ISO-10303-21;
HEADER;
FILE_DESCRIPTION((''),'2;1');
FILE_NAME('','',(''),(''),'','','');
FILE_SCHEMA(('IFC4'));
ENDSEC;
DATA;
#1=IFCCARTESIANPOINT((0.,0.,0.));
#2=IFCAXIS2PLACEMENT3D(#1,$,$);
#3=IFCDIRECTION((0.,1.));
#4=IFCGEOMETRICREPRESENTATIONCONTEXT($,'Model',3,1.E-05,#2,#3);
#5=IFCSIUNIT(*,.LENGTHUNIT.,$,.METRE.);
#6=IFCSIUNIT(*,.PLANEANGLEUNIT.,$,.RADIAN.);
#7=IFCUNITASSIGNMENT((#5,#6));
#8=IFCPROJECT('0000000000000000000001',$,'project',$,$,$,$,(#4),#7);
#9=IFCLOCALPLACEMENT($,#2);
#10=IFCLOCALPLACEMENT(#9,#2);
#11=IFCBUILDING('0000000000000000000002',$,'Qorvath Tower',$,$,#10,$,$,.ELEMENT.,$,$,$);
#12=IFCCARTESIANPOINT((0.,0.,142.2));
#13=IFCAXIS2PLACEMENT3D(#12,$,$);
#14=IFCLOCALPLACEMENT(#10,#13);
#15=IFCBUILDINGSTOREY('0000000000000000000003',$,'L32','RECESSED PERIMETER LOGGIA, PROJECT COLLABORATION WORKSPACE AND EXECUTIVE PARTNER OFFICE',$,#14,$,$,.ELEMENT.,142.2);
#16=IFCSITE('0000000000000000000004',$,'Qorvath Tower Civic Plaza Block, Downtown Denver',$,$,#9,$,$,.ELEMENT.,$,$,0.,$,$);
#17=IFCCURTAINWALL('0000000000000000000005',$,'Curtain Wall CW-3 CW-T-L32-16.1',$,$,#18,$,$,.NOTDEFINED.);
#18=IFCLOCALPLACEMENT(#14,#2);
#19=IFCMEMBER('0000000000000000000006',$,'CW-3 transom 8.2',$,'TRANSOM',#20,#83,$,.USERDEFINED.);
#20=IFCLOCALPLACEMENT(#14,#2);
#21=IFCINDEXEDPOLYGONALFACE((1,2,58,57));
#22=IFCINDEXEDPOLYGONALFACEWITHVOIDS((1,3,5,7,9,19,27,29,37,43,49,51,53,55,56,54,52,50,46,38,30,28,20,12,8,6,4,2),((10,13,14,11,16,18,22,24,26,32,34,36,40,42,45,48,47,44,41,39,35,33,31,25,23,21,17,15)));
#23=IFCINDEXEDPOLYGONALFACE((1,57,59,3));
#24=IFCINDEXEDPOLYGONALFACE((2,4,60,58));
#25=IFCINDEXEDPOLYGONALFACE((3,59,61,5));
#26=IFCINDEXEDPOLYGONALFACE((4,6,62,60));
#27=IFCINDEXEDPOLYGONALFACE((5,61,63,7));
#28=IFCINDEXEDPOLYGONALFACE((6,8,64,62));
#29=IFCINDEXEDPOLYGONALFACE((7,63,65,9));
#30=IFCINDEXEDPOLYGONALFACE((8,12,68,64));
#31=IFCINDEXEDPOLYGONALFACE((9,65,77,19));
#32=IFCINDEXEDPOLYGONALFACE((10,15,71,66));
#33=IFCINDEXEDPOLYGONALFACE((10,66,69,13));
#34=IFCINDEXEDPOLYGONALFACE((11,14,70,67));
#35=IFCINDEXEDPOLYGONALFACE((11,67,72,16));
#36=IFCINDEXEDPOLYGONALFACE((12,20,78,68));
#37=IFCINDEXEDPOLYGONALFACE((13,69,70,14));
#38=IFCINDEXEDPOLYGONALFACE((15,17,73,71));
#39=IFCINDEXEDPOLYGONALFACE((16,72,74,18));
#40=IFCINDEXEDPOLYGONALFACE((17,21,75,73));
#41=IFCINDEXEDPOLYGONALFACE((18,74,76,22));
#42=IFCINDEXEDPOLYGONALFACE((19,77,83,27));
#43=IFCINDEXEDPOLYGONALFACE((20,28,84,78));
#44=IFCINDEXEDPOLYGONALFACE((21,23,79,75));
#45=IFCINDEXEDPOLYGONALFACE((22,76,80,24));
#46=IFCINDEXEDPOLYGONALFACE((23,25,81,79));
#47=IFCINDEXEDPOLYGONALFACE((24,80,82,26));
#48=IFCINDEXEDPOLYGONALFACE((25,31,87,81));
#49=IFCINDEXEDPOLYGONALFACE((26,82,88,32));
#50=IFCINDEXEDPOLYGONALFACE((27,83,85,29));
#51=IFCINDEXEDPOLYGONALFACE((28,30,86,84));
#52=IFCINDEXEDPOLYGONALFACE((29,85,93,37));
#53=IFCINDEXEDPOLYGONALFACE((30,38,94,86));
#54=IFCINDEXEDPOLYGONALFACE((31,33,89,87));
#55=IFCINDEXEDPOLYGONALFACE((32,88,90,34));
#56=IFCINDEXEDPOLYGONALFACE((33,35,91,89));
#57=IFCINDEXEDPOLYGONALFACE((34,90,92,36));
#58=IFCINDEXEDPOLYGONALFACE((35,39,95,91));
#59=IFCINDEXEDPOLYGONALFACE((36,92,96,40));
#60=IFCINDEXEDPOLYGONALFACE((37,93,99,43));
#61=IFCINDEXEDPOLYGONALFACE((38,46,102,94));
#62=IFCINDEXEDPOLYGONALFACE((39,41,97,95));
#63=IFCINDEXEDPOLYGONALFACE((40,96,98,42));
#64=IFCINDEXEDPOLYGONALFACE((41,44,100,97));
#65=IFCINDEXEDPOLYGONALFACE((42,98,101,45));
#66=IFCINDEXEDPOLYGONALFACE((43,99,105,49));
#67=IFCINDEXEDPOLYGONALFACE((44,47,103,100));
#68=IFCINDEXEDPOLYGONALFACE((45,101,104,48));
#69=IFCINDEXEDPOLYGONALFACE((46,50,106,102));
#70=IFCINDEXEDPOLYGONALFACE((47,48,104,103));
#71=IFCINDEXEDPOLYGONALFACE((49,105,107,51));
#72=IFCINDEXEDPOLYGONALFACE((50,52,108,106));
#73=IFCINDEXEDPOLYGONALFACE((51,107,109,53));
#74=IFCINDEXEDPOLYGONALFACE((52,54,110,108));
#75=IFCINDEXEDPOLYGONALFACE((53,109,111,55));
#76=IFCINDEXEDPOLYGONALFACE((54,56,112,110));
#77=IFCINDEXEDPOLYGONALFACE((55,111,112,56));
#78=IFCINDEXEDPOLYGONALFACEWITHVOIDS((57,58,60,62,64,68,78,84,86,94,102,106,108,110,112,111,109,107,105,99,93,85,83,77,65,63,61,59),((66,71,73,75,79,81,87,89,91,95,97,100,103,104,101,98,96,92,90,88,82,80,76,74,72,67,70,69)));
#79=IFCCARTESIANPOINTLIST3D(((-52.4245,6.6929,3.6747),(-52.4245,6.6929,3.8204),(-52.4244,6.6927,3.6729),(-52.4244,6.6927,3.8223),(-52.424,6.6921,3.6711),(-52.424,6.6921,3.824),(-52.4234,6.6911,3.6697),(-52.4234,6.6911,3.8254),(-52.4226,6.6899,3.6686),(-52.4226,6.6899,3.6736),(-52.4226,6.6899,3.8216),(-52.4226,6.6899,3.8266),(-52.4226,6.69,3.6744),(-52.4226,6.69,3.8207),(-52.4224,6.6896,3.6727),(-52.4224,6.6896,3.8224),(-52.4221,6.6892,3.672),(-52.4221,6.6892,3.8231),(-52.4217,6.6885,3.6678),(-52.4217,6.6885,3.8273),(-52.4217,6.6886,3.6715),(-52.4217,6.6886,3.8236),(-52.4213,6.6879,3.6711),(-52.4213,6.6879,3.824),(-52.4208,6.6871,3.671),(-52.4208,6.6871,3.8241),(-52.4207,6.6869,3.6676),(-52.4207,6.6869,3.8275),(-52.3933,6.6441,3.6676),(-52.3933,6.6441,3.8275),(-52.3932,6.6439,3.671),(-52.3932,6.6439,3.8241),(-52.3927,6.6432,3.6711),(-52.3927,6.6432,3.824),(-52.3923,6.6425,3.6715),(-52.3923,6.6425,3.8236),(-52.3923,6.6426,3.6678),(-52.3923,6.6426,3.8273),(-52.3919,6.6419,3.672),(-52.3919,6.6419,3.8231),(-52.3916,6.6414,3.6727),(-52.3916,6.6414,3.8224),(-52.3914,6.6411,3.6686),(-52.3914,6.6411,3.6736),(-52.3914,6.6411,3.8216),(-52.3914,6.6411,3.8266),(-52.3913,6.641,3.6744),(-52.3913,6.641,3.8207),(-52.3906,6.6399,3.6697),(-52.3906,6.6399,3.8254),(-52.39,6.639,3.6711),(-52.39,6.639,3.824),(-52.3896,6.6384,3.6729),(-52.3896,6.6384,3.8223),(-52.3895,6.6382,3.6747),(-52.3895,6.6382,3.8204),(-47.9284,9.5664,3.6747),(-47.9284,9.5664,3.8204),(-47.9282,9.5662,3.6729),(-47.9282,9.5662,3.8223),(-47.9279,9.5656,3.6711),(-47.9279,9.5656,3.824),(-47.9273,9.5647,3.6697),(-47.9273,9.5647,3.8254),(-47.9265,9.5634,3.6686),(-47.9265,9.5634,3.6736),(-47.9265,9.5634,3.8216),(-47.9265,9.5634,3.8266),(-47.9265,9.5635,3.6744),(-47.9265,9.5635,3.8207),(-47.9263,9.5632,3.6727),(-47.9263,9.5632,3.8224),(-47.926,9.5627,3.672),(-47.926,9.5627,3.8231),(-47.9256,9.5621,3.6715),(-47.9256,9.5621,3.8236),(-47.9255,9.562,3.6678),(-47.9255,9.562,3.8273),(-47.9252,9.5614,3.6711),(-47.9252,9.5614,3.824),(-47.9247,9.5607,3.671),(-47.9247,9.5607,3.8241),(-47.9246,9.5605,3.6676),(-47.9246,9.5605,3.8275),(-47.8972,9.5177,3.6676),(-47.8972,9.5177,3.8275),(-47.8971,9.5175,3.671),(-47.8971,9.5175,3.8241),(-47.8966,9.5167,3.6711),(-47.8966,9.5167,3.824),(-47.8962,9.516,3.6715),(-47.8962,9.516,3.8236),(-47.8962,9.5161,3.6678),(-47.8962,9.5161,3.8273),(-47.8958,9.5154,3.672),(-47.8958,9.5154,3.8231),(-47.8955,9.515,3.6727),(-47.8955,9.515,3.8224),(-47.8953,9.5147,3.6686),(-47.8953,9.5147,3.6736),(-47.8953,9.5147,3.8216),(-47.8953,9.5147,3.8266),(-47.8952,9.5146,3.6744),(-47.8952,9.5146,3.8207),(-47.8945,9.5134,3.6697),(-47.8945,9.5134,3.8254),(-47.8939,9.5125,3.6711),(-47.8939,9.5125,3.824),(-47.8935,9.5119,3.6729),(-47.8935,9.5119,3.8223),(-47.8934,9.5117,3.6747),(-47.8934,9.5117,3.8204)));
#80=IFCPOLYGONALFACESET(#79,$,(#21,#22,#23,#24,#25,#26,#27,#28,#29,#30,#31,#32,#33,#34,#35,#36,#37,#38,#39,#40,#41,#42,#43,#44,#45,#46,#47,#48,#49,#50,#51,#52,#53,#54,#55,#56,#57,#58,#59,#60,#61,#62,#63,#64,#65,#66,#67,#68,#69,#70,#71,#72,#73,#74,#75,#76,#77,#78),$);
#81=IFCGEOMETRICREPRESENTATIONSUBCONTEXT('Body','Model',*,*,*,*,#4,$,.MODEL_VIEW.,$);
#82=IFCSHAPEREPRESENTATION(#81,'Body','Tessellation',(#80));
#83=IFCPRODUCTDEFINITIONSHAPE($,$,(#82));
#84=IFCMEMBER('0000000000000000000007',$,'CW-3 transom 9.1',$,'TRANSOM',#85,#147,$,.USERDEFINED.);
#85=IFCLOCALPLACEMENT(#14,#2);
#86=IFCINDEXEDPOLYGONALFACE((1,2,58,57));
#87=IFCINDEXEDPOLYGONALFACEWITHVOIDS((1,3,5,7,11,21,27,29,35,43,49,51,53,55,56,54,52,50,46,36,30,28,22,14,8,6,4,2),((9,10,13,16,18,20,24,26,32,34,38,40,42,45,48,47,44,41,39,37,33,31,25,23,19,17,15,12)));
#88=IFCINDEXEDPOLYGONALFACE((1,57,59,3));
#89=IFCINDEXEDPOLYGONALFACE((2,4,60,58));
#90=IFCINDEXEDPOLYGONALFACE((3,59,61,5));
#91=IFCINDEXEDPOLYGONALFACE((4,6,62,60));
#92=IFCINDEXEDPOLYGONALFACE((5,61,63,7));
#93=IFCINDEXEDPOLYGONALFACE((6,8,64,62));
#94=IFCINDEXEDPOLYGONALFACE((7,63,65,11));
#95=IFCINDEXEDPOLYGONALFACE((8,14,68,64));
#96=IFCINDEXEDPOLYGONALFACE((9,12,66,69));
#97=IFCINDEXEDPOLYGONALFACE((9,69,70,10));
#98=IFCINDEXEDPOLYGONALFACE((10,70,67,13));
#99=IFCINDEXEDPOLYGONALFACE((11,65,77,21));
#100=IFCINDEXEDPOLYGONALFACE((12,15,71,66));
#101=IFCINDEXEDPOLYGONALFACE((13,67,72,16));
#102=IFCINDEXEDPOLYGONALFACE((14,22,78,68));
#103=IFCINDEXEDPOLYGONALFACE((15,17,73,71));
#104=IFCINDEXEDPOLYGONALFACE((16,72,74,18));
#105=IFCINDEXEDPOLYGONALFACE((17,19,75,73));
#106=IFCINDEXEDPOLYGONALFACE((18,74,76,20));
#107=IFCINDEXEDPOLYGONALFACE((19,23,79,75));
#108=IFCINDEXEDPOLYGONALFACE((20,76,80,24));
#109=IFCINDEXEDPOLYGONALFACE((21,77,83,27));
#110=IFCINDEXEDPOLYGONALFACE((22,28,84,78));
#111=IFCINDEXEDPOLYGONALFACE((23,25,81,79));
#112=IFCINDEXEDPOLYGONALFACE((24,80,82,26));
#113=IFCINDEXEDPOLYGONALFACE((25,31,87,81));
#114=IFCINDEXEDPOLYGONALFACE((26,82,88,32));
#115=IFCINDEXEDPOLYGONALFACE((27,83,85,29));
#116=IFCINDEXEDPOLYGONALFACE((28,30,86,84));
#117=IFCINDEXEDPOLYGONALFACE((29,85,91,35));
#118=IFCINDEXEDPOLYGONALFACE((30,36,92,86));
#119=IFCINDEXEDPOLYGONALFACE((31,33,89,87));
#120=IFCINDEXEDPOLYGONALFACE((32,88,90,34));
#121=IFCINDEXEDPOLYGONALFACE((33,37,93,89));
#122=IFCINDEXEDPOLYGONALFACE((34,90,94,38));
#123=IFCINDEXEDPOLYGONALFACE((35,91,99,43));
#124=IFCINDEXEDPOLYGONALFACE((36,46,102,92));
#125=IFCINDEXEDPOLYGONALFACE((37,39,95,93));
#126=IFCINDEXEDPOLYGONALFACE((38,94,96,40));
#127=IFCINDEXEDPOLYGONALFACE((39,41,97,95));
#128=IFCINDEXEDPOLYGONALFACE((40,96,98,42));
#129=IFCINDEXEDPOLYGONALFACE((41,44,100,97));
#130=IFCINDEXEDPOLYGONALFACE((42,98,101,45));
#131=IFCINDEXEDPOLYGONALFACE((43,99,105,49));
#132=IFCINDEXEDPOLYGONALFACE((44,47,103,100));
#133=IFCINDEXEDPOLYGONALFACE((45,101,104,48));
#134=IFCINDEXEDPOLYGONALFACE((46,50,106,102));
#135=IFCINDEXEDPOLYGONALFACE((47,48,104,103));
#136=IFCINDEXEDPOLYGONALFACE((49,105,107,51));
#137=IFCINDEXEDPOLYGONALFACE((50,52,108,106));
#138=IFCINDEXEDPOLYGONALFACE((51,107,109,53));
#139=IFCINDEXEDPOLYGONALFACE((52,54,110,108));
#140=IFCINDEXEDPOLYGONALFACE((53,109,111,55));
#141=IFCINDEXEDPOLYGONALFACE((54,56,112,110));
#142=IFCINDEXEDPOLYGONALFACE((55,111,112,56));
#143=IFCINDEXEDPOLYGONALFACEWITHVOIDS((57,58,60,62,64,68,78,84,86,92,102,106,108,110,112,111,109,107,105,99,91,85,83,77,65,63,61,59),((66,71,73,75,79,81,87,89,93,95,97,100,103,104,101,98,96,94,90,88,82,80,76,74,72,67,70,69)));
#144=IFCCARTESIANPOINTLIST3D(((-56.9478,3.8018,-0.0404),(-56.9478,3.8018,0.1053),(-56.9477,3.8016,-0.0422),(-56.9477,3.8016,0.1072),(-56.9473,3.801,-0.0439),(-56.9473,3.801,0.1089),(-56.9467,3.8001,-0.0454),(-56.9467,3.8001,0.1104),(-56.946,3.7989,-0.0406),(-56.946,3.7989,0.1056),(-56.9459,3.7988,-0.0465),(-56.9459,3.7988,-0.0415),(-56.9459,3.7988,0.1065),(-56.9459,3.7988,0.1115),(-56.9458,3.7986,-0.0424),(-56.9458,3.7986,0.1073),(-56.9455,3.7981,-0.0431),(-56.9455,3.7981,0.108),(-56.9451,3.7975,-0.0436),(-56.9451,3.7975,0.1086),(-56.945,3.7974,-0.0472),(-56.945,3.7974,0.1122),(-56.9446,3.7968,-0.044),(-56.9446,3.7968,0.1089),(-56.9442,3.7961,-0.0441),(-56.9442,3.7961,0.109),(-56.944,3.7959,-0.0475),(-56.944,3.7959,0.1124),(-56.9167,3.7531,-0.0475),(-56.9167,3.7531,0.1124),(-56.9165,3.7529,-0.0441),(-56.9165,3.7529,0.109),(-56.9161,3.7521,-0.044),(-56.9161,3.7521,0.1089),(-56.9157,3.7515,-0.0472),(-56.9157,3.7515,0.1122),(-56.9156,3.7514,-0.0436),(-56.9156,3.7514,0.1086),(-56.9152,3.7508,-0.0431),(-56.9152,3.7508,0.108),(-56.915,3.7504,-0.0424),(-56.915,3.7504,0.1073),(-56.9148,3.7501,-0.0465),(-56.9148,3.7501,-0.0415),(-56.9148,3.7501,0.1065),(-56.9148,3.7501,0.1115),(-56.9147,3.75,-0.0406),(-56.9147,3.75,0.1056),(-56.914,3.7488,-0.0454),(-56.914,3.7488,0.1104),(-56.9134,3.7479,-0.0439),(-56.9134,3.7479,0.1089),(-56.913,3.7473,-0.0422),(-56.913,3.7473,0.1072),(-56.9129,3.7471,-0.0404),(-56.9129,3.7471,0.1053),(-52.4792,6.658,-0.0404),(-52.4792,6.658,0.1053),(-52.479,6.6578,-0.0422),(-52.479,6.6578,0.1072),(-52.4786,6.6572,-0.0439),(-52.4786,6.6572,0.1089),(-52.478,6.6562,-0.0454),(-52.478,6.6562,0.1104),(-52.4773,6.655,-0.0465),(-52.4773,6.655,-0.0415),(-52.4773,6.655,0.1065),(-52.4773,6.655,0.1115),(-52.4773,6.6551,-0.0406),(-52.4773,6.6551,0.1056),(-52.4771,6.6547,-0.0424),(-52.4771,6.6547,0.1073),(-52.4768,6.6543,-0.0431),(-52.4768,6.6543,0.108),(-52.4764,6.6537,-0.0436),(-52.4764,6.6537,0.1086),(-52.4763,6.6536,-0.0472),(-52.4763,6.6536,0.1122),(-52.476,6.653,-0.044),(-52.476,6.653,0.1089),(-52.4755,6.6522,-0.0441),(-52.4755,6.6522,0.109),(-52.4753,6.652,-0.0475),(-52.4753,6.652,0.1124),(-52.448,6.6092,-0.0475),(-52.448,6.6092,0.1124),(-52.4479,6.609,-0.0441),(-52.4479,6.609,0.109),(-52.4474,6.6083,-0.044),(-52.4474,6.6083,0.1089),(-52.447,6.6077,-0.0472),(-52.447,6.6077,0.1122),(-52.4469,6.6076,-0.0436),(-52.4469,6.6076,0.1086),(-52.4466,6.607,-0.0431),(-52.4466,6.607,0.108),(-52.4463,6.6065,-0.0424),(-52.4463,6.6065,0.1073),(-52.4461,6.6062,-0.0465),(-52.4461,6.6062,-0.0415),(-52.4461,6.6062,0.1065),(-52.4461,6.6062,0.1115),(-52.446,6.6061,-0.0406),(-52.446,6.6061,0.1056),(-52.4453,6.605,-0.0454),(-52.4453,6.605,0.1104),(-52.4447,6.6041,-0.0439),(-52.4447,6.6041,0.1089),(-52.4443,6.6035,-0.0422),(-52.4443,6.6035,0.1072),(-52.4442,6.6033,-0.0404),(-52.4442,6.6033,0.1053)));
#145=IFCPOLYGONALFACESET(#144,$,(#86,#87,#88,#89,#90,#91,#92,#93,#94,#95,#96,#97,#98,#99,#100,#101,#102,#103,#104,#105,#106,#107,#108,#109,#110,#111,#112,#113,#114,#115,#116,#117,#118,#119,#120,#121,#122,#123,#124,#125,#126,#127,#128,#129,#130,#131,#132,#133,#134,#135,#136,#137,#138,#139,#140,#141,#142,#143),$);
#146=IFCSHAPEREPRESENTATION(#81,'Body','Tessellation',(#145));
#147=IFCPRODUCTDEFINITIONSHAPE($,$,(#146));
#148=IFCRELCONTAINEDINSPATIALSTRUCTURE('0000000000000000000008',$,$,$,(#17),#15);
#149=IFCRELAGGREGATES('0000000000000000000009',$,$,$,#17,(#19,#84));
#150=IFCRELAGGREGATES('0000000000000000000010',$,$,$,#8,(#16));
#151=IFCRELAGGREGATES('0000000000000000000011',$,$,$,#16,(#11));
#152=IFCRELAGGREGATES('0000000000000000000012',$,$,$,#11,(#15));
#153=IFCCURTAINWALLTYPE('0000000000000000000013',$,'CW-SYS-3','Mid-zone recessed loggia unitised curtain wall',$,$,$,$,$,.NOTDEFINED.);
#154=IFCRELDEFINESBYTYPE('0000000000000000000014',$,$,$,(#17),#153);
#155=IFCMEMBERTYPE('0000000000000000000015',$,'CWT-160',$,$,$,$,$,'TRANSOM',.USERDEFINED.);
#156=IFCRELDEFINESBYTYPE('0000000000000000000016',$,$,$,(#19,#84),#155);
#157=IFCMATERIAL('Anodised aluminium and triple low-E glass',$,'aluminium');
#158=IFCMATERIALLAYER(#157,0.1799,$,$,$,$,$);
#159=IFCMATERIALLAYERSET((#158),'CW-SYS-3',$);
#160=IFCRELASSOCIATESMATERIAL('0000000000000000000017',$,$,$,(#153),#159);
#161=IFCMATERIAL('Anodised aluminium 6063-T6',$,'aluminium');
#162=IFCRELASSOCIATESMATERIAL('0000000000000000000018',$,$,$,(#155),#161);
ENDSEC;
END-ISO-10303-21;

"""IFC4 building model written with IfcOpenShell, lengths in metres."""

from ifc_helpers import new_model, si_unit, direction, frame, origin, origin_2d, place, context, subcontext, project, spatial, hollow_rectangle, extrude, material, layer, layer_set, material_profile, profile_set, type_object, element, aggregate, save


model = new_model("IFC4")

# Units and contexts
model_context = context("Model", 3, precision=1e-05, world=origin(), true_north=direction((0.0, 1.0)))
body_context = subcontext(model_context, "Body", "Model", "MODEL_VIEW")
ifc_project = project(units=[si_unit("LENGTHUNIT", "METRE"), si_unit("PLANEANGLEUNIT", "RADIAN")], contexts=[model_context])

# Site, building, storey
site_placement = place(None, origin())
site = spatial("IfcSite", under=ifc_project, at=site_placement, Name="Qorvath Tower Civic Plaza Block, Downtown Denver", CompositionType="ELEMENT", RefElevation=0.0)
building_placement = place(site_placement, origin())
building = spatial("IfcBuilding", under=site, at=building_placement, Name="Qorvath Tower", CompositionType="ELEMENT")
storey_placement = place(building_placement, frame((0.0, 0.0, 142.2)))
storey = spatial("IfcBuildingStorey", under=building, at=storey_placement, Name="L32", Description="RECESSED PERIMETER LOGGIA, PROJECT COLLABORATION WORKSPACE AND EXECUTIVE PARTNER OFFICE", CompositionType="ELEMENT", Elevation=142.2)

# Curtain wall, members
ifc_material_1 = material(Name="Anodised aluminium and triple low-E glass", Category="aluminium")
ifc_layer_1 = layer(ifc_material_1, 0.1799)
ifc_layer_set_1 = layer_set([ifc_layer_1], Name="CW-SYS-3")
curtain_wall_type = type_object("IfcCurtainWallType", Name="CW-SYS-3", Description="Mid-zone recessed loggia unitised curtain wall", PredefinedType="NOTDEFINED", material=ifc_layer_set_1)
curtain_wall_placement = place(storey_placement, origin())
curtain_wall = element("IfcCurtainWall", 1, at=curtain_wall_placement, inside=storey, type_object=curtain_wall_type, Name="Curtain Wall CW-3 CW-T-L32-16.1", PredefinedType="NOTDEFINED")
ifc_material_2 = material(Name="Anodised aluminium 6063-T6", Category="aluminium")
ifc_material_profile_1 = material_profile(ifc_material_2, hollow_rectangle(XDim=0.0649, YDim=0.1599, WallThickness=0.0034, InnerFilletRadius=0.0034, OuterFilletRadius=0.0071, at=origin_2d()), Name="CWT 160x65")
ifc_profile_set_1 = profile_set([ifc_material_profile_1], Name="Anodised aluminium 6063-T6")
member_type_1 = type_object("IfcMemberType", Name="CWT-160", ElementType="TRANSOM", PredefinedType="USERDEFINED", material=ifc_profile_set_1)
member_1_placement = place(storey_placement, frame((-47.9109, 9.5391, 3.7476), z_axis=(-0.842609, -0.538526, 0.0), x_axis=(0.538526, -0.842609, 0.0)))
member_1 = element("IfcMember", 2, at=member_1_placement, type_object=member_type_1, Name="CW-3 transom 8.2", ObjectType="TRANSOM", PredefinedType="USERDEFINED", context=body_context, shape_type="SweptSolid", body=[
    extrude(hollow_rectangle(XDim=0.0649, YDim=0.1599, WallThickness=0.0034, InnerFilletRadius=0.0034, OuterFilletRadius=0.0071, at=origin_2d()), origin(), (0.0, 0.0, 1.0), 5.3359),
])
member_2_placement = place(storey_placement, frame((-52.4617, 6.6306, 0.0325), z_axis=(-0.842596, -0.538545, 0.0), x_axis=(0.538545, -0.842596, 0.0)))
member_2 = element("IfcMember", 3, at=member_2_placement, type_object=member_type_1, Name="CW-3 transom 9.1", ObjectType="TRANSOM", PredefinedType="USERDEFINED", context=body_context, shape_type="SweptSolid", body=[
    extrude(hollow_rectangle(XDim=0.0649, YDim=0.1599, WallThickness=0.0034, InnerFilletRadius=0.0034, OuterFilletRadius=0.0071, at=origin_2d()), origin(), (0.0, 0.0, 1.0), 5.3035),
])
aggregate(curtain_wall, [member_1, member_2])

save(model, "model.ifc")
